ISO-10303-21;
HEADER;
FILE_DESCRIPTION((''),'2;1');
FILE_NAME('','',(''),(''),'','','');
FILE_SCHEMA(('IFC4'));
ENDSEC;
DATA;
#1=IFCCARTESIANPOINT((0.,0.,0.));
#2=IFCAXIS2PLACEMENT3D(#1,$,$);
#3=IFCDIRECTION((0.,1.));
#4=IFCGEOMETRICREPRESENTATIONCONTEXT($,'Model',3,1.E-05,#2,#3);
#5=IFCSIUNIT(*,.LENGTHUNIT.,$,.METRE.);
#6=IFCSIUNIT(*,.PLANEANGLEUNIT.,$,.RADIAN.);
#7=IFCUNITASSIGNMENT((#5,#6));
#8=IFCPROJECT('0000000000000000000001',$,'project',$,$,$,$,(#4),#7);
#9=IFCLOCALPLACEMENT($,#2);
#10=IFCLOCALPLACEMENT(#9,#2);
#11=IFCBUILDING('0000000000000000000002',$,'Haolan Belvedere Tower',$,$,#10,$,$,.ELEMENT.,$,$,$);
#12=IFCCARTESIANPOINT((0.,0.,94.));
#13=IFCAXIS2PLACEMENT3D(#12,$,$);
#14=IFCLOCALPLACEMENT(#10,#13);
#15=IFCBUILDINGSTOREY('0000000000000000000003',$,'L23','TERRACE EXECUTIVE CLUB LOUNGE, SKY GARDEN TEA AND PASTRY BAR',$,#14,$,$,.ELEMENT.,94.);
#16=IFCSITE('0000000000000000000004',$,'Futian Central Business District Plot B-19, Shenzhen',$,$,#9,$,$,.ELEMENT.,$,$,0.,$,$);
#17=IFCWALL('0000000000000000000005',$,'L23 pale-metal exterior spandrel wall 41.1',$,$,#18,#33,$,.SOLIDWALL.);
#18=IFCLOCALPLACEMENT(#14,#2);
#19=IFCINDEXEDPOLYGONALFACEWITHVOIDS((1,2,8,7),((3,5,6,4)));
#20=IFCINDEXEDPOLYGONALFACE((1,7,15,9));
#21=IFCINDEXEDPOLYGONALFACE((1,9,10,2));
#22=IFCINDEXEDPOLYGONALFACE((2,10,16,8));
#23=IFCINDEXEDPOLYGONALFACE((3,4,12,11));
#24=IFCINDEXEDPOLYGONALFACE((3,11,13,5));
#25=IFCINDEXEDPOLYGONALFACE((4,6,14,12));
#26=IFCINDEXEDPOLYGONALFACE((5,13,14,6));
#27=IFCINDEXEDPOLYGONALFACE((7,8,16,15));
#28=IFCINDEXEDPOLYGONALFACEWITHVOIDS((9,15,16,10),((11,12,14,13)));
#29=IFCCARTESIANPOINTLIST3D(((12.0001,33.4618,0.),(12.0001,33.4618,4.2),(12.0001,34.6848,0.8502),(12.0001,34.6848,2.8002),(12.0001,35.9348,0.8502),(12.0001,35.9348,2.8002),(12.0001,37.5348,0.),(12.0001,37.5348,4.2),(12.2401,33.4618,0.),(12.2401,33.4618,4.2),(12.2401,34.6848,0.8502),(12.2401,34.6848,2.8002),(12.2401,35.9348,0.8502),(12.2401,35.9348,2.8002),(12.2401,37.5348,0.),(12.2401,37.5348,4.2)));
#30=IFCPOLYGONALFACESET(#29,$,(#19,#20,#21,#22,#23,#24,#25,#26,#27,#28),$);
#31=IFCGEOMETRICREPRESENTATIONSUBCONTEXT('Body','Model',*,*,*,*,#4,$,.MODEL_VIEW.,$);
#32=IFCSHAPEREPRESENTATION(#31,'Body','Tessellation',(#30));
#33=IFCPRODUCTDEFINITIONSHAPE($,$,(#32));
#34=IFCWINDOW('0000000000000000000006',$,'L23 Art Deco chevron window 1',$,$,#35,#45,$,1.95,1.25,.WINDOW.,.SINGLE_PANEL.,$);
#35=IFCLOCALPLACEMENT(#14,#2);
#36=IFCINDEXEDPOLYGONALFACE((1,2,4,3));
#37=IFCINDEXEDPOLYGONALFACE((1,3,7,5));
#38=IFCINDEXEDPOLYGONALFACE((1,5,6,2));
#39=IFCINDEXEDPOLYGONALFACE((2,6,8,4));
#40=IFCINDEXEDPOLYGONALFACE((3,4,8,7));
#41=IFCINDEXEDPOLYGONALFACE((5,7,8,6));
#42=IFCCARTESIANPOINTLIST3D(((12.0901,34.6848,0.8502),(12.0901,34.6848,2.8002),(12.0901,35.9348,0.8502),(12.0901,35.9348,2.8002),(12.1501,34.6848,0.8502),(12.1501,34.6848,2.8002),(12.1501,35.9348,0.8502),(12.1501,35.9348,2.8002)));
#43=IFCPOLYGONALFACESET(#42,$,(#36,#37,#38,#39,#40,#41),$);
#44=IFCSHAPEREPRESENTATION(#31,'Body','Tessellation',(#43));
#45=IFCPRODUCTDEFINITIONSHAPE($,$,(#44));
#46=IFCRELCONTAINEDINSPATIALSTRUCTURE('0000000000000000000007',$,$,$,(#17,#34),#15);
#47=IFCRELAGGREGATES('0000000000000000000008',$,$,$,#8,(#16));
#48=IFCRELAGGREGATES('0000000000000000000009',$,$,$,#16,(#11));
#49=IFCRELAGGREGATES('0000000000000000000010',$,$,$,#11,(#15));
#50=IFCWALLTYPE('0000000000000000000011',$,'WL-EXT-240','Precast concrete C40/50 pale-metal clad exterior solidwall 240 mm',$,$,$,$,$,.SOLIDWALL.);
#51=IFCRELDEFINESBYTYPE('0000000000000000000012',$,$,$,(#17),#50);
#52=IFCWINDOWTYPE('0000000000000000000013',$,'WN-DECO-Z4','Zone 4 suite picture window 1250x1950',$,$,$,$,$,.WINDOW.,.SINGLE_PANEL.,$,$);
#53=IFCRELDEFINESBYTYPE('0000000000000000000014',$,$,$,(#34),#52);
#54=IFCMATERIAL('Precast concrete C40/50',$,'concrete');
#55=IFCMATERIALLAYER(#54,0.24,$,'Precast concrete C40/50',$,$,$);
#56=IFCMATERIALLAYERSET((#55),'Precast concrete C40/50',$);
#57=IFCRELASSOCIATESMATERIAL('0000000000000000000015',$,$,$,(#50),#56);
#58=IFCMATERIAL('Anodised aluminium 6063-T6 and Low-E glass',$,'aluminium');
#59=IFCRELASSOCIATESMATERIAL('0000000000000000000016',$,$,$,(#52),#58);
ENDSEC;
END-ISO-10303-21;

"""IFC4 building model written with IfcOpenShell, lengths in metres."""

from ifc_helpers import new_model, si_unit, direction, frame, frame_2d, origin, place, context, subcontext, project, spatial, rectangle, extrude, material, layer, layer_set, type_object, element, fill, save


model = new_model("IFC4")

# Units and contexts
model_context = context("Model", 3, precision=1e-05, world=origin(), true_north=direction((0.0, 1.0)))
body_context = subcontext(model_context, "Body", "Model", "MODEL_VIEW")
ifc_project = project(units=[si_unit("LENGTHUNIT", "METRE"), si_unit("PLANEANGLEUNIT", "RADIAN")], contexts=[model_context])

# Site, building, storey
site_placement = place(None, origin())
site = spatial("IfcSite", under=ifc_project, at=site_placement, Name="Futian Central Business District Plot B-19, Shenzhen", CompositionType="ELEMENT", RefElevation=0.0)
building_placement = place(site_placement, origin())
building = spatial("IfcBuilding", under=site, at=building_placement, Name="Haolan Belvedere Tower", CompositionType="ELEMENT")
storey_placement = place(building_placement, frame((0.0, 0.0, 94.0)))
storey = spatial("IfcBuildingStorey", under=building, at=storey_placement, Name="L23", Description="TERRACE EXECUTIVE CLUB LOUNGE, SKY GARDEN TEA AND PASTRY BAR", CompositionType="ELEMENT", Elevation=94.0)

# Shared definitions
ifc_material_1 = material(Name="Precast concrete C40/50", Category="concrete")
ifc_layer = layer(ifc_material_1, 0.24, Name="Precast concrete C40/50")
ifc_layer_set = layer_set([ifc_layer], Name="Precast concrete C40/50")
wall_type = type_object("IfcWallType", Name="WL-EXT-240", Description="Precast concrete C40/50 pale-metal clad exterior solidwall 240 mm", PredefinedType="SOLIDWALL", material=ifc_layer_set)

# Shared definitions
ifc_material_2 = material(Name="Anodised aluminium 6063-T6 and Low-E glass", Category="aluminium")
window_type = type_object("IfcWindowType", Name="WN-DECO-Z4", Description="Zone 4 suite picture window 1250x1950", PartitioningType="SINGLE_PANEL", PredefinedType="WINDOW", material=ifc_material_2)

# Wall, opening, window
wall_1_placement = place(storey_placement, frame((12.1201, 37.5349, 0.0), z_axis=(0.0, 0.0, 1.0), x_axis=(0.0, -1.0, 0.0)))
wall_1 = element("IfcWall", 1, at=wall_1_placement, inside=storey, type_object=wall_type, Name="L23 pale-metal exterior spandrel wall 41.1", PredefinedType="SOLIDWALL", context=body_context, shape_type="SweptSolid", body=[
    extrude(rectangle(XDim=4.073, YDim=0.24, at=frame_2d((2.0366, 0.0))), origin(), (0.0, 0.0, 1.0), 4.2),
])
opening_1_placement = place(wall_1_placement, frame((1.6001, 0.0, 0.8501)))
opening_1 = element("IfcOpeningElement", 2, at=opening_1_placement, cuts=wall_1, PredefinedType="OPENING", context=body_context, shape_type="SweptSolid", body=[
    extrude(rectangle(XDim=1.25, YDim=1.95, at=frame_2d((0.625, 0.9751))), frame((0.0, 0.1299, 0.0), z_axis=(0.0, -1.0, 0.0), x_axis=(1.0, 0.0, 0.0)), (0.0, 0.0, 1.0), 0.26),
])
window_1_placement = place(opening_1_placement, origin())
window_1 = element("IfcWindow", 3, at=window_1_placement, inside=storey, type_object=window_type, Name="L23 Art Deco chevron window 1", OverallHeight=1.95, OverallWidth=1.25, PartitioningType="SINGLE_PANEL", PredefinedType="WINDOW", context=body_context, shape_type="SweptSolid", body=[
    extrude(rectangle(XDim=1.25, YDim=1.95, at=frame_2d((0.625, 0.9751))), frame((0.0, 0.03, 0.0), z_axis=(0.0, -1.0, 0.0), x_axis=(1.0, 0.0, 0.0)), (0.0, 0.0, 1.0), 0.0601),
])
fill(opening_1, window_1)

save(model, "model.ifc")
